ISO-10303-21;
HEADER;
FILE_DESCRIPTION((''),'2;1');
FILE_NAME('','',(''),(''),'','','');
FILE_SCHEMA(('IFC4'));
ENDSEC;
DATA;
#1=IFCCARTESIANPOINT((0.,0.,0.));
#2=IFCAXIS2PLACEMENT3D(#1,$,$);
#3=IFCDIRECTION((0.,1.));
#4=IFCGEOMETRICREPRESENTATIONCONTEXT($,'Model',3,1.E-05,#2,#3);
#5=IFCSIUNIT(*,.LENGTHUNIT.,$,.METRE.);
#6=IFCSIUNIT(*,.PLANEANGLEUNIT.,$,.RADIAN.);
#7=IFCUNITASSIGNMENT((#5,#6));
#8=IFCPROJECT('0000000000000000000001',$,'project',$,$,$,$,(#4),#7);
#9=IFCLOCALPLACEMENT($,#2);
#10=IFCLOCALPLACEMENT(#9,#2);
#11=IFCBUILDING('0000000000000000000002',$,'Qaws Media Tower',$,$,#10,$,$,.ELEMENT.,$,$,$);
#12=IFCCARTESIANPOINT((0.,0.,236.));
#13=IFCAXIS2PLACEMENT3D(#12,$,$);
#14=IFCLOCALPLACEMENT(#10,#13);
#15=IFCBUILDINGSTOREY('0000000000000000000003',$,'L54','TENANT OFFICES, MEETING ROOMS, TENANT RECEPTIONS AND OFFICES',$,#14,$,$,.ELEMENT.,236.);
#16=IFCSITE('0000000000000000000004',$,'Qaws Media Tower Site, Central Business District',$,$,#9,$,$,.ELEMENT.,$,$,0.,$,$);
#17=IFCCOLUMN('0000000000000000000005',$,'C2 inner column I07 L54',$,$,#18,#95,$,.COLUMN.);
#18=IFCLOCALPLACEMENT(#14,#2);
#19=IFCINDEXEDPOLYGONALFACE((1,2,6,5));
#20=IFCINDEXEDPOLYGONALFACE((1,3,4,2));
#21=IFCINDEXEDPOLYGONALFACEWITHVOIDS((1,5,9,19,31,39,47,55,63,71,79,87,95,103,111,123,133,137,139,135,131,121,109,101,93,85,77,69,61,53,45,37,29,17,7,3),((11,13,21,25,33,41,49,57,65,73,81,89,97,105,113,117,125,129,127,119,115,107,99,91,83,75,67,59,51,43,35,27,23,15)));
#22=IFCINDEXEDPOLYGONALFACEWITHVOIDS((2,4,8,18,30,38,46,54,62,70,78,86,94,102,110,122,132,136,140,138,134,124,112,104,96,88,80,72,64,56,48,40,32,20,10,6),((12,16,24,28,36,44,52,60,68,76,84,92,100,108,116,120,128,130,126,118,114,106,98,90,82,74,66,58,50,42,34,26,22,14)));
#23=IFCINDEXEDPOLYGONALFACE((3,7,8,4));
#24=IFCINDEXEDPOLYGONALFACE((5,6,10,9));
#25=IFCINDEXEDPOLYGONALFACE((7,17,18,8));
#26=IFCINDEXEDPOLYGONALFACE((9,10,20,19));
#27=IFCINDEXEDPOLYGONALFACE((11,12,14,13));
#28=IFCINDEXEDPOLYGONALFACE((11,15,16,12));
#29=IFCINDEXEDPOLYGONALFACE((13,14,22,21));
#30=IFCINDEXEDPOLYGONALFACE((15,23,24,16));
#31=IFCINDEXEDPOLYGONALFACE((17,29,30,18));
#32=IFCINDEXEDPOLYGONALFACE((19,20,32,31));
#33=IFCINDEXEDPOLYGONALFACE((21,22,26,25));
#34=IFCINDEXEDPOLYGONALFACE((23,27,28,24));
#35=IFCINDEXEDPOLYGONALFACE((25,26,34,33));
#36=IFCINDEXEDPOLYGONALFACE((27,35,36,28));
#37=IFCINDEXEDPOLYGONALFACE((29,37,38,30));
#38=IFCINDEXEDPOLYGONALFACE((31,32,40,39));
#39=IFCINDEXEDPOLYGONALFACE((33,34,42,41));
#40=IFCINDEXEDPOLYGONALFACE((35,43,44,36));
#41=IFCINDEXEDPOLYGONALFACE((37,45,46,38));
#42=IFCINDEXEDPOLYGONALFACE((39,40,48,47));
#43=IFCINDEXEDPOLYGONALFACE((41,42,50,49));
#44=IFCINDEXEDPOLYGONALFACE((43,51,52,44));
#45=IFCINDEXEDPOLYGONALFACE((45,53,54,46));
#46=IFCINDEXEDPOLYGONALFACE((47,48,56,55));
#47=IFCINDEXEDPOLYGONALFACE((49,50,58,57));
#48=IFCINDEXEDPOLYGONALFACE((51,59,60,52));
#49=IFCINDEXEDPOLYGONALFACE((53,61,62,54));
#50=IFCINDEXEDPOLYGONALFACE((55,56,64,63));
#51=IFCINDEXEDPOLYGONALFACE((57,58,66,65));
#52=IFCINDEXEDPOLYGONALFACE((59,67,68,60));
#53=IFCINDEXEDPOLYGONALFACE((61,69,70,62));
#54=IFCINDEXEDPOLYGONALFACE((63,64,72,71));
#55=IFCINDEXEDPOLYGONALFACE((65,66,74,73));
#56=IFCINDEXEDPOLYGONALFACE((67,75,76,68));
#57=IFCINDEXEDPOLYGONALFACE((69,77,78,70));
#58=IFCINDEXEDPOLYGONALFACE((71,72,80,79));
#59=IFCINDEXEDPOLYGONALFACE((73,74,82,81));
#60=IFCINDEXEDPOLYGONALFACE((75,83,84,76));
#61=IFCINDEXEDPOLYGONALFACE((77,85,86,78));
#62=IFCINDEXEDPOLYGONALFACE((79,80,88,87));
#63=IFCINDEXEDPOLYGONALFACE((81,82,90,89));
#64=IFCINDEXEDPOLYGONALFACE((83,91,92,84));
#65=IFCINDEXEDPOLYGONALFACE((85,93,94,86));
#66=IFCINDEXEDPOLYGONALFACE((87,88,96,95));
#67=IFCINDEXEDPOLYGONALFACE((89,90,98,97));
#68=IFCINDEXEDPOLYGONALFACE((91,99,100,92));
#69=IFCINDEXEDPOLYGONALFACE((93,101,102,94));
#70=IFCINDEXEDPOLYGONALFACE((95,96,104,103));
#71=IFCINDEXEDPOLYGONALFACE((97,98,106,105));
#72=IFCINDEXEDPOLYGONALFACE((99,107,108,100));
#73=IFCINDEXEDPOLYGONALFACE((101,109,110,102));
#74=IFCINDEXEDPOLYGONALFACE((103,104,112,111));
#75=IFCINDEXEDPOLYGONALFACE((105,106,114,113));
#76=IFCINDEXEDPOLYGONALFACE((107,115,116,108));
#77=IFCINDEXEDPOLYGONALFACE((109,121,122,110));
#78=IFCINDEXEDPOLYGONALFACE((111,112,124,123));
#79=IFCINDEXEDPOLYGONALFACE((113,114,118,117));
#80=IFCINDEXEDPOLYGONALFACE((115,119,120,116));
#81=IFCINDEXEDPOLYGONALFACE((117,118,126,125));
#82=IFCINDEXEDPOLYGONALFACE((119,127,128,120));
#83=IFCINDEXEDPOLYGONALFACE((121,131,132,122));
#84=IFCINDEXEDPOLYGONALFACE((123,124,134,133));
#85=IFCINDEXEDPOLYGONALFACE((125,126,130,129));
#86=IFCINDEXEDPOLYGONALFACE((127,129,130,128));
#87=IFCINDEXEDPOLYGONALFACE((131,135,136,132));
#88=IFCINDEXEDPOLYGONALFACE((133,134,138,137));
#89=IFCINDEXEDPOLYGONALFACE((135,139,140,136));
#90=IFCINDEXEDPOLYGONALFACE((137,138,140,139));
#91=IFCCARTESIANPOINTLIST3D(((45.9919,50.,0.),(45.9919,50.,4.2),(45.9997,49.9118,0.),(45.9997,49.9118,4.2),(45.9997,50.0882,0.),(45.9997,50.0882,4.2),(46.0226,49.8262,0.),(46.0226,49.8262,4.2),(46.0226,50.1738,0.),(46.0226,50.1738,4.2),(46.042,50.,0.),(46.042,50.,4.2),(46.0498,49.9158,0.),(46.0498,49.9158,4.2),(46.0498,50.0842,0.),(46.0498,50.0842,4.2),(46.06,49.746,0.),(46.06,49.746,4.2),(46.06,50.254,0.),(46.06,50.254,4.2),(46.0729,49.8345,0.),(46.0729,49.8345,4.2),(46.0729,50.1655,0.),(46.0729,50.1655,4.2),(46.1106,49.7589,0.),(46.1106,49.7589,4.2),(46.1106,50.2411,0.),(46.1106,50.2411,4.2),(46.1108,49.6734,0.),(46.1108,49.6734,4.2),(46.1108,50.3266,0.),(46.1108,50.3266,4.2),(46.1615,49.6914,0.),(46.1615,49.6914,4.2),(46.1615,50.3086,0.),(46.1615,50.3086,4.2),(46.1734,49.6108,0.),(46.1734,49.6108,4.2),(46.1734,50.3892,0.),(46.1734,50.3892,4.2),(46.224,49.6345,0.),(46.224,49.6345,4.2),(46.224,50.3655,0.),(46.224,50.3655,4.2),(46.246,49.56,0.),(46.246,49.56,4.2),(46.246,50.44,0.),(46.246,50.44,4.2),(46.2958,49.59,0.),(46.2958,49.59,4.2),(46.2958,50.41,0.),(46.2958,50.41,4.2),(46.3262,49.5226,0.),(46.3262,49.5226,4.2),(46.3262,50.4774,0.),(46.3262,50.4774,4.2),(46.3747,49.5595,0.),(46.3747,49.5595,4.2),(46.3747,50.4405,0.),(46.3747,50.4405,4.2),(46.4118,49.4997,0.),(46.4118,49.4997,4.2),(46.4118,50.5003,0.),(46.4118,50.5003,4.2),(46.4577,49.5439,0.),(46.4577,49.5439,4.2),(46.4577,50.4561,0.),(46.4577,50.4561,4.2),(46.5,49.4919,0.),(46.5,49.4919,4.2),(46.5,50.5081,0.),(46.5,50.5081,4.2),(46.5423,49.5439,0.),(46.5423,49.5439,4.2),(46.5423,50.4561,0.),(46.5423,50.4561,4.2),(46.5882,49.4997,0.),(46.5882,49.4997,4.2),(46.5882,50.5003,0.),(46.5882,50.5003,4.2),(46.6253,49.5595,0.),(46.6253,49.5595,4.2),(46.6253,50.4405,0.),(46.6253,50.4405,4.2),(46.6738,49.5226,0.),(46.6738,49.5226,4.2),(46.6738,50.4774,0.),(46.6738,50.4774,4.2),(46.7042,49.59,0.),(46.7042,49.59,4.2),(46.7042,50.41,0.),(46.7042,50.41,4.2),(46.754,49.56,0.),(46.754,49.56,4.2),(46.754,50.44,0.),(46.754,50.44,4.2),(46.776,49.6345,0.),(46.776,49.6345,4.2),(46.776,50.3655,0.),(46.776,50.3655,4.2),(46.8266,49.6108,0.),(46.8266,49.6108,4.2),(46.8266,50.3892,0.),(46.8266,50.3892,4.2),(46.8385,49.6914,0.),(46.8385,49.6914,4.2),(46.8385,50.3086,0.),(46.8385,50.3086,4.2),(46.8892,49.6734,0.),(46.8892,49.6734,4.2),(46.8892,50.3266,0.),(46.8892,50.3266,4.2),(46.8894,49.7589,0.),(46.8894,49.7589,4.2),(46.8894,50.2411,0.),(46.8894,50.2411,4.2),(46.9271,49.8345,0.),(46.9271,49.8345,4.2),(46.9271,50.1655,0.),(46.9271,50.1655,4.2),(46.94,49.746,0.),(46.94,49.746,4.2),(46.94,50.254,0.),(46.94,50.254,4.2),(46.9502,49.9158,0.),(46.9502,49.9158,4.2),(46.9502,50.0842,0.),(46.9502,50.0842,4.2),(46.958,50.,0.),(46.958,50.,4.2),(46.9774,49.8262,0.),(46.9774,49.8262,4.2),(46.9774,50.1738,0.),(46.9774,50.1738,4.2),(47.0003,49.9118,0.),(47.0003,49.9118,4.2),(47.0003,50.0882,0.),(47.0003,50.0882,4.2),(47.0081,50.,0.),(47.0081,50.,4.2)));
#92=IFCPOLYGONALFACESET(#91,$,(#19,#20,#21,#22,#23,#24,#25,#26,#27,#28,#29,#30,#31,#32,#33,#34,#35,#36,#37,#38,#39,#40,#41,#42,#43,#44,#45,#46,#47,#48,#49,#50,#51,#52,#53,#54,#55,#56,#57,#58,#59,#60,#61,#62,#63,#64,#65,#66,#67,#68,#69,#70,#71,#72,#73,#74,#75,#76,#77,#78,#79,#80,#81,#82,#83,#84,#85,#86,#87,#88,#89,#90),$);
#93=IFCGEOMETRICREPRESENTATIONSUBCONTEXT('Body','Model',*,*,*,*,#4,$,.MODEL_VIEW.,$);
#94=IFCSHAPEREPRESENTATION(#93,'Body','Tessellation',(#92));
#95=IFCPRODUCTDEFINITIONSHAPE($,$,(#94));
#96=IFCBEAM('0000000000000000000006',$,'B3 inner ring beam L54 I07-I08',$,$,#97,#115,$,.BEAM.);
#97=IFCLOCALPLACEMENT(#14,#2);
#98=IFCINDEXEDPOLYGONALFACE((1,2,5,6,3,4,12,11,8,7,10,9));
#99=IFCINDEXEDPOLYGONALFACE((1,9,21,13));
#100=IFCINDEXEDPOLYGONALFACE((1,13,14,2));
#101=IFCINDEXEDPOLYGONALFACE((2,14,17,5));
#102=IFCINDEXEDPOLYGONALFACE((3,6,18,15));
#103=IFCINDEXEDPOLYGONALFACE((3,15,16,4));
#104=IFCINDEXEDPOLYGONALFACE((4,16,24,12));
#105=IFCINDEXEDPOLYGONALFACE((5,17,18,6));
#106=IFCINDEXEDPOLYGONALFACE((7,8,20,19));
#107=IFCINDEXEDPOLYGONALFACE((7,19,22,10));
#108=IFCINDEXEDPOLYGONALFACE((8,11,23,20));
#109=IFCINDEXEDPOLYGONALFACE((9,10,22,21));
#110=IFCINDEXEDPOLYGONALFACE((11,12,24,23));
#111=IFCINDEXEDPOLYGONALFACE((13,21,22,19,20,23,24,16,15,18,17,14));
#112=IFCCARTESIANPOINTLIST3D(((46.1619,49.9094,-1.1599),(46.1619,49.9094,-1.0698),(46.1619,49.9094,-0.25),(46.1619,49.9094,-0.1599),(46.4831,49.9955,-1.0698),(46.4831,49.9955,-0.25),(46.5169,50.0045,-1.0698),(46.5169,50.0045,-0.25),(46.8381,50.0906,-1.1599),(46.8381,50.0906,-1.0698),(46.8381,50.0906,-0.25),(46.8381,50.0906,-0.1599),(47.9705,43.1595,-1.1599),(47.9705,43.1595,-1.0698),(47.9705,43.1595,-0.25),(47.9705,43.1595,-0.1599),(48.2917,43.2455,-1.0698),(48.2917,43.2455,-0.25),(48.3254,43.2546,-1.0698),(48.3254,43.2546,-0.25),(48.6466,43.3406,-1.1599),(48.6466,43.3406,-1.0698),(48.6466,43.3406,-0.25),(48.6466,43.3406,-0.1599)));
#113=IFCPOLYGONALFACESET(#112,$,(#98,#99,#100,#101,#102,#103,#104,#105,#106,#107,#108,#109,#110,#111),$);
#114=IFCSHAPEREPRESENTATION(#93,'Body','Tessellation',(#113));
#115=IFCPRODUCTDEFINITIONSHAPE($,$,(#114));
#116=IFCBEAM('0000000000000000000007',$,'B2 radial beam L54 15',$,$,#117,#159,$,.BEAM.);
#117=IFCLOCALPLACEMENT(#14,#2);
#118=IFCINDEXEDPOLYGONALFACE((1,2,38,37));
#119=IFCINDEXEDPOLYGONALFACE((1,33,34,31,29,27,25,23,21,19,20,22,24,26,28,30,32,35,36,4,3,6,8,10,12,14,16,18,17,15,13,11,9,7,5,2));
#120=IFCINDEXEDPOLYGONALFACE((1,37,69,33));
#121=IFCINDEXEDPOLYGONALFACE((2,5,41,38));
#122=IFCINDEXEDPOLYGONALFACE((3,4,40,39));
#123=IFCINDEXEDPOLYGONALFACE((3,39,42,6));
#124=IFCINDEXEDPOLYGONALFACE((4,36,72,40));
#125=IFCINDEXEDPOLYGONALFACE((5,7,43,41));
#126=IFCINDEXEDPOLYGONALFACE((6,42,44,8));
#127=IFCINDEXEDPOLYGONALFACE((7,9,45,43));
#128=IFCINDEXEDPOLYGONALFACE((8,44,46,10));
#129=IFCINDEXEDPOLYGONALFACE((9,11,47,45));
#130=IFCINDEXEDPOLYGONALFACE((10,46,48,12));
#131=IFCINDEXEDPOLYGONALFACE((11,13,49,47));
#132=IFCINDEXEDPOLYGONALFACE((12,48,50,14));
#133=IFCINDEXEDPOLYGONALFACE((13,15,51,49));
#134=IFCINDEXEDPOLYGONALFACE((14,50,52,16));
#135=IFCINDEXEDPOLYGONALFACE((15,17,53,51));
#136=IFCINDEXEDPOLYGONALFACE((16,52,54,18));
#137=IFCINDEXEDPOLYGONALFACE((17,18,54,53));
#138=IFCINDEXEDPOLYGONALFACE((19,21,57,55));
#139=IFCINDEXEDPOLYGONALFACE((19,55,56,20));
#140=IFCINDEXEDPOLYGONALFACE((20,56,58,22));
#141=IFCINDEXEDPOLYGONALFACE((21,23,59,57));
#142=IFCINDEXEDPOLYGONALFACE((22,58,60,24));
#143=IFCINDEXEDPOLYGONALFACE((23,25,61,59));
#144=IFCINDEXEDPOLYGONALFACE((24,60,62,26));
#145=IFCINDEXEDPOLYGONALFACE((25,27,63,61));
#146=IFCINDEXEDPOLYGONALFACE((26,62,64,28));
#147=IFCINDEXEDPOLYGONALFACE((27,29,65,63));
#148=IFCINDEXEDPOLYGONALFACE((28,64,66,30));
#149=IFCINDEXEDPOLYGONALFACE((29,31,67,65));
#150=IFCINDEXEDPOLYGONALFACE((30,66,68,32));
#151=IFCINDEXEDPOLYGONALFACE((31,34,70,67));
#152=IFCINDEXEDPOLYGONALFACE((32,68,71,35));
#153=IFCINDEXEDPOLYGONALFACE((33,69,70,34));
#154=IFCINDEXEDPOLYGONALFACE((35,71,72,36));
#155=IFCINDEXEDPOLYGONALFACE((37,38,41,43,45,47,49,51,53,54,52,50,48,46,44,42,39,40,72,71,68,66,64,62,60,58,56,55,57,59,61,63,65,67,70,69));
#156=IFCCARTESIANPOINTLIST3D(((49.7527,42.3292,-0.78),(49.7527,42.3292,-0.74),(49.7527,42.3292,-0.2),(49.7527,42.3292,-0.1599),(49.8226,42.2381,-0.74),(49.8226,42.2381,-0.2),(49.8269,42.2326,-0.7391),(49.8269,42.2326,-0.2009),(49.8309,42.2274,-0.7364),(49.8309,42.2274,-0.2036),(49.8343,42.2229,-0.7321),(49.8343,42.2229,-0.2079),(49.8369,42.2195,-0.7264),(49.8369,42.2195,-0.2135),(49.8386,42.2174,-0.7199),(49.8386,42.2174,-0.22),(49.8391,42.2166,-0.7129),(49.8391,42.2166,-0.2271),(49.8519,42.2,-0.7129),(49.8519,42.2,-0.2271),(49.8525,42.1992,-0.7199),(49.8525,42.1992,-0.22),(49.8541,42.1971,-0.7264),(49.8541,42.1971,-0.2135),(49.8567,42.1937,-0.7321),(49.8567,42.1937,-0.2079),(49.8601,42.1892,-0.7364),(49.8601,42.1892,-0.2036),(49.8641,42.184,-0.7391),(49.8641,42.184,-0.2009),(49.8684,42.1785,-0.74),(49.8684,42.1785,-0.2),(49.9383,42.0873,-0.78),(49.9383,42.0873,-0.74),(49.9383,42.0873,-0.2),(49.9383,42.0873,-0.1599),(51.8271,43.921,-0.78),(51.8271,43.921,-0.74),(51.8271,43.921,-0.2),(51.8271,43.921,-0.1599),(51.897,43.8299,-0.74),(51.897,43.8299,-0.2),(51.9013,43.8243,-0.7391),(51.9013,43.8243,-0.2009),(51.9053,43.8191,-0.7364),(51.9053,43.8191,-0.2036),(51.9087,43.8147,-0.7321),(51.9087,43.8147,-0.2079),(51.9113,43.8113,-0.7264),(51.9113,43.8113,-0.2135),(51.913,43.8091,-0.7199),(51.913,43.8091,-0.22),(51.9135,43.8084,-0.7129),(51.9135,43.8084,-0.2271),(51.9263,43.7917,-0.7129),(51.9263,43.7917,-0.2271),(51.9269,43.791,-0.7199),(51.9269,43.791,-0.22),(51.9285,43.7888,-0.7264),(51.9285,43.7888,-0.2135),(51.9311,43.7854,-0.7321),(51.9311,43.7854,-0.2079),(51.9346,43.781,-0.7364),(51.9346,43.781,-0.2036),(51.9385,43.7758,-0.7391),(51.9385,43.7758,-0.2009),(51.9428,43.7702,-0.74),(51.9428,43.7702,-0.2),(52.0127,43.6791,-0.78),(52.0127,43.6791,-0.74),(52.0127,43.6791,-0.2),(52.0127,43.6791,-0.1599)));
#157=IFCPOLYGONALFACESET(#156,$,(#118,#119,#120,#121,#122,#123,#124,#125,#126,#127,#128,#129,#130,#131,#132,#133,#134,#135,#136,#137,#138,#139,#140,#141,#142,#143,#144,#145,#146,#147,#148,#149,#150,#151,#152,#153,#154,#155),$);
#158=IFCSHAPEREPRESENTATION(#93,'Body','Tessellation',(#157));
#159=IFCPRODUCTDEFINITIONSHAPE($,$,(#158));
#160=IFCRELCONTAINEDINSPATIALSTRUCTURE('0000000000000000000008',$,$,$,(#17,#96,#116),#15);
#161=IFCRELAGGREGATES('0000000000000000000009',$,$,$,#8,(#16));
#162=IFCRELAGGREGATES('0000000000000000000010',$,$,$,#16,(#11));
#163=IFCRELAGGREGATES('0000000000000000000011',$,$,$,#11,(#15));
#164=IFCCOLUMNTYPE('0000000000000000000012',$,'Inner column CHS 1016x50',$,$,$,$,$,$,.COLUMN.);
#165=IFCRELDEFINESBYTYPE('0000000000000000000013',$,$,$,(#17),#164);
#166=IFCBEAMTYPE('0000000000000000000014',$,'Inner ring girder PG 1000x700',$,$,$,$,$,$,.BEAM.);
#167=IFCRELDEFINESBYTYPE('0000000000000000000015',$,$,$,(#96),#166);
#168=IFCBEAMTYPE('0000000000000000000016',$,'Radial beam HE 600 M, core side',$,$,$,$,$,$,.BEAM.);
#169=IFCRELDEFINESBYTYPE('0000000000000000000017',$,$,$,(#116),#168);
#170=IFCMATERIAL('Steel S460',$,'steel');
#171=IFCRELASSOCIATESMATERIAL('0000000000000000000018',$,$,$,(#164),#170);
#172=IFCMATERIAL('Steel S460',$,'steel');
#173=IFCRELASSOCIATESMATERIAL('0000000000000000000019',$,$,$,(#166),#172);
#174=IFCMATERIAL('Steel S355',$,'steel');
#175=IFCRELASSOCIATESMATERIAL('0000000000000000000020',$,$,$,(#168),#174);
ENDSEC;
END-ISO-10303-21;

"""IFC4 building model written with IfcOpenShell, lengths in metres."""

from ifc_helpers import new_model, si_unit, direction, frame, origin, origin_2d, place, context, subcontext, project, spatial, hollow_circle, i_section, extrude, material, material_profile, profile_set, type_object, element, save


model = new_model("IFC4")

# Units and contexts
model_context = context("Model", 3, precision=1e-05, world=origin(), true_north=direction((0.0, 1.0)))
body_context = subcontext(model_context, "Body", "Model", "MODEL_VIEW")
ifc_project = project(units=[si_unit("LENGTHUNIT", "METRE"), si_unit("PLANEANGLEUNIT", "RADIAN")], contexts=[model_context])

# Site, building, storey
site_placement = place(None, origin())
site = spatial("IfcSite", under=ifc_project, at=site_placement, Name="Qaws Media Tower Site, Central Business District", CompositionType="ELEMENT", RefElevation=0.0)
building_placement = place(site_placement, origin())
building = spatial("IfcBuilding", under=site, at=building_placement, Name="Qaws Media Tower", CompositionType="ELEMENT")
storey_placement = place(building_placement, frame((0.0, 0.0, 236.0)))
storey = spatial("IfcBuildingStorey", under=building, at=storey_placement, Name="L54", Description="TENANT OFFICES, MEETING ROOMS, TENANT RECEPTIONS AND OFFICES", CompositionType="ELEMENT", Elevation=236.0)

# Column
ifc_material_1 = material(Name="Steel S460", Category="steel")
ifc_material_profile_1 = material_profile(ifc_material_1, hollow_circle(Radius=0.5081, WallThickness=0.05, at=origin_2d()), Name="CHS 1016x50")
ifc_profile_set_1 = profile_set([ifc_material_profile_1], Name="Steel S460")
column_type = type_object("IfcColumnType", Name="Inner column CHS 1016x50", PredefinedType="COLUMN", material=ifc_profile_set_1)
column_placement = place(storey_placement, frame((46.5, 50.0, 0.0), z_axis=(0.0, 0.0, 1.0), x_axis=(1.0, 0.0, 0.0)))
element("IfcColumn", 1, at=column_placement, inside=storey, type_object=column_type, Name="C2 inner column I07 L54", PredefinedType="COLUMN", context=body_context, shape_type="SweptSolid", body=[
    extrude(hollow_circle(Radius=0.5081, WallThickness=0.05, at=origin_2d()), origin(), (0.0, 0.0, 1.0), 4.2),
])

# Beams
ifc_material_2 = material(Name="Steel S460", Category="steel")
ifc_material_profile_2 = material_profile(ifc_material_2, i_section(OverallWidth=0.7, OverallDepth=1.0, WebThickness=0.0349, FlangeThickness=0.0901, at=origin_2d()), Name="PG 1000x700")
ifc_profile_set_2 = profile_set([ifc_material_profile_2], Name="Steel S460")
beam_type_1 = type_object("IfcBeamType", Name="Inner ring girder PG 1000x700", PredefinedType="BEAM", material=ifc_profile_set_2)
beam_1_placement = place(storey_placement, frame((46.5, 50.0, -0.6599), z_axis=(0.258811, -0.965928, 0.0), x_axis=(0.965928, 0.258811, 0.0)))
element("IfcBeam", 2, at=beam_1_placement, inside=storey, type_object=beam_type_1, Name="B3 inner ring beam L54 I07-I08", PredefinedType="BEAM", context=body_context, shape_type="SweptSolid", body=[
    extrude(i_section(OverallWidth=0.7, OverallDepth=1.0, WebThickness=0.0349, FlangeThickness=0.0901, at=origin_2d()), origin(), (0.0, 0.0, 1.0), 6.988),
])
ifc_material_3 = material(Name="Steel S355", Category="steel")
ifc_material_profile_3 = material_profile(ifc_material_3, i_section(OverallWidth=0.3049, OverallDepth=0.6201, WebThickness=0.021, FlangeThickness=0.04, FilletRadius=0.0271, at=origin_2d()), Name="HE 600 M")
ifc_profile_set_3 = profile_set([ifc_material_profile_3], Name="Steel S355")
beam_type_2 = type_object("IfcBeamType", Name="Radial beam HE 600 M, core side", PredefinedType="BEAM", material=ifc_profile_set_3)
beam_2_placement = place(storey_placement, frame((51.9199, 43.8, -0.47), z_axis=(-0.793352, -0.608763, 0.0), x_axis=(0.608763, -0.793352, 0.0)))
element("IfcBeam", 3, at=beam_2_placement, inside=storey, type_object=beam_type_2, Name="B2 radial beam L54 15", PredefinedType="BEAM", context=body_context, shape_type="SweptSolid", body=[
    extrude(i_section(OverallWidth=0.3049, OverallDepth=0.6201, WebThickness=0.021, FlangeThickness=0.04, FilletRadius=0.0271, at=origin_2d()), origin(), (0.0, 0.0, 1.0), 2.6147),
])

save(model, "model.ifc")
